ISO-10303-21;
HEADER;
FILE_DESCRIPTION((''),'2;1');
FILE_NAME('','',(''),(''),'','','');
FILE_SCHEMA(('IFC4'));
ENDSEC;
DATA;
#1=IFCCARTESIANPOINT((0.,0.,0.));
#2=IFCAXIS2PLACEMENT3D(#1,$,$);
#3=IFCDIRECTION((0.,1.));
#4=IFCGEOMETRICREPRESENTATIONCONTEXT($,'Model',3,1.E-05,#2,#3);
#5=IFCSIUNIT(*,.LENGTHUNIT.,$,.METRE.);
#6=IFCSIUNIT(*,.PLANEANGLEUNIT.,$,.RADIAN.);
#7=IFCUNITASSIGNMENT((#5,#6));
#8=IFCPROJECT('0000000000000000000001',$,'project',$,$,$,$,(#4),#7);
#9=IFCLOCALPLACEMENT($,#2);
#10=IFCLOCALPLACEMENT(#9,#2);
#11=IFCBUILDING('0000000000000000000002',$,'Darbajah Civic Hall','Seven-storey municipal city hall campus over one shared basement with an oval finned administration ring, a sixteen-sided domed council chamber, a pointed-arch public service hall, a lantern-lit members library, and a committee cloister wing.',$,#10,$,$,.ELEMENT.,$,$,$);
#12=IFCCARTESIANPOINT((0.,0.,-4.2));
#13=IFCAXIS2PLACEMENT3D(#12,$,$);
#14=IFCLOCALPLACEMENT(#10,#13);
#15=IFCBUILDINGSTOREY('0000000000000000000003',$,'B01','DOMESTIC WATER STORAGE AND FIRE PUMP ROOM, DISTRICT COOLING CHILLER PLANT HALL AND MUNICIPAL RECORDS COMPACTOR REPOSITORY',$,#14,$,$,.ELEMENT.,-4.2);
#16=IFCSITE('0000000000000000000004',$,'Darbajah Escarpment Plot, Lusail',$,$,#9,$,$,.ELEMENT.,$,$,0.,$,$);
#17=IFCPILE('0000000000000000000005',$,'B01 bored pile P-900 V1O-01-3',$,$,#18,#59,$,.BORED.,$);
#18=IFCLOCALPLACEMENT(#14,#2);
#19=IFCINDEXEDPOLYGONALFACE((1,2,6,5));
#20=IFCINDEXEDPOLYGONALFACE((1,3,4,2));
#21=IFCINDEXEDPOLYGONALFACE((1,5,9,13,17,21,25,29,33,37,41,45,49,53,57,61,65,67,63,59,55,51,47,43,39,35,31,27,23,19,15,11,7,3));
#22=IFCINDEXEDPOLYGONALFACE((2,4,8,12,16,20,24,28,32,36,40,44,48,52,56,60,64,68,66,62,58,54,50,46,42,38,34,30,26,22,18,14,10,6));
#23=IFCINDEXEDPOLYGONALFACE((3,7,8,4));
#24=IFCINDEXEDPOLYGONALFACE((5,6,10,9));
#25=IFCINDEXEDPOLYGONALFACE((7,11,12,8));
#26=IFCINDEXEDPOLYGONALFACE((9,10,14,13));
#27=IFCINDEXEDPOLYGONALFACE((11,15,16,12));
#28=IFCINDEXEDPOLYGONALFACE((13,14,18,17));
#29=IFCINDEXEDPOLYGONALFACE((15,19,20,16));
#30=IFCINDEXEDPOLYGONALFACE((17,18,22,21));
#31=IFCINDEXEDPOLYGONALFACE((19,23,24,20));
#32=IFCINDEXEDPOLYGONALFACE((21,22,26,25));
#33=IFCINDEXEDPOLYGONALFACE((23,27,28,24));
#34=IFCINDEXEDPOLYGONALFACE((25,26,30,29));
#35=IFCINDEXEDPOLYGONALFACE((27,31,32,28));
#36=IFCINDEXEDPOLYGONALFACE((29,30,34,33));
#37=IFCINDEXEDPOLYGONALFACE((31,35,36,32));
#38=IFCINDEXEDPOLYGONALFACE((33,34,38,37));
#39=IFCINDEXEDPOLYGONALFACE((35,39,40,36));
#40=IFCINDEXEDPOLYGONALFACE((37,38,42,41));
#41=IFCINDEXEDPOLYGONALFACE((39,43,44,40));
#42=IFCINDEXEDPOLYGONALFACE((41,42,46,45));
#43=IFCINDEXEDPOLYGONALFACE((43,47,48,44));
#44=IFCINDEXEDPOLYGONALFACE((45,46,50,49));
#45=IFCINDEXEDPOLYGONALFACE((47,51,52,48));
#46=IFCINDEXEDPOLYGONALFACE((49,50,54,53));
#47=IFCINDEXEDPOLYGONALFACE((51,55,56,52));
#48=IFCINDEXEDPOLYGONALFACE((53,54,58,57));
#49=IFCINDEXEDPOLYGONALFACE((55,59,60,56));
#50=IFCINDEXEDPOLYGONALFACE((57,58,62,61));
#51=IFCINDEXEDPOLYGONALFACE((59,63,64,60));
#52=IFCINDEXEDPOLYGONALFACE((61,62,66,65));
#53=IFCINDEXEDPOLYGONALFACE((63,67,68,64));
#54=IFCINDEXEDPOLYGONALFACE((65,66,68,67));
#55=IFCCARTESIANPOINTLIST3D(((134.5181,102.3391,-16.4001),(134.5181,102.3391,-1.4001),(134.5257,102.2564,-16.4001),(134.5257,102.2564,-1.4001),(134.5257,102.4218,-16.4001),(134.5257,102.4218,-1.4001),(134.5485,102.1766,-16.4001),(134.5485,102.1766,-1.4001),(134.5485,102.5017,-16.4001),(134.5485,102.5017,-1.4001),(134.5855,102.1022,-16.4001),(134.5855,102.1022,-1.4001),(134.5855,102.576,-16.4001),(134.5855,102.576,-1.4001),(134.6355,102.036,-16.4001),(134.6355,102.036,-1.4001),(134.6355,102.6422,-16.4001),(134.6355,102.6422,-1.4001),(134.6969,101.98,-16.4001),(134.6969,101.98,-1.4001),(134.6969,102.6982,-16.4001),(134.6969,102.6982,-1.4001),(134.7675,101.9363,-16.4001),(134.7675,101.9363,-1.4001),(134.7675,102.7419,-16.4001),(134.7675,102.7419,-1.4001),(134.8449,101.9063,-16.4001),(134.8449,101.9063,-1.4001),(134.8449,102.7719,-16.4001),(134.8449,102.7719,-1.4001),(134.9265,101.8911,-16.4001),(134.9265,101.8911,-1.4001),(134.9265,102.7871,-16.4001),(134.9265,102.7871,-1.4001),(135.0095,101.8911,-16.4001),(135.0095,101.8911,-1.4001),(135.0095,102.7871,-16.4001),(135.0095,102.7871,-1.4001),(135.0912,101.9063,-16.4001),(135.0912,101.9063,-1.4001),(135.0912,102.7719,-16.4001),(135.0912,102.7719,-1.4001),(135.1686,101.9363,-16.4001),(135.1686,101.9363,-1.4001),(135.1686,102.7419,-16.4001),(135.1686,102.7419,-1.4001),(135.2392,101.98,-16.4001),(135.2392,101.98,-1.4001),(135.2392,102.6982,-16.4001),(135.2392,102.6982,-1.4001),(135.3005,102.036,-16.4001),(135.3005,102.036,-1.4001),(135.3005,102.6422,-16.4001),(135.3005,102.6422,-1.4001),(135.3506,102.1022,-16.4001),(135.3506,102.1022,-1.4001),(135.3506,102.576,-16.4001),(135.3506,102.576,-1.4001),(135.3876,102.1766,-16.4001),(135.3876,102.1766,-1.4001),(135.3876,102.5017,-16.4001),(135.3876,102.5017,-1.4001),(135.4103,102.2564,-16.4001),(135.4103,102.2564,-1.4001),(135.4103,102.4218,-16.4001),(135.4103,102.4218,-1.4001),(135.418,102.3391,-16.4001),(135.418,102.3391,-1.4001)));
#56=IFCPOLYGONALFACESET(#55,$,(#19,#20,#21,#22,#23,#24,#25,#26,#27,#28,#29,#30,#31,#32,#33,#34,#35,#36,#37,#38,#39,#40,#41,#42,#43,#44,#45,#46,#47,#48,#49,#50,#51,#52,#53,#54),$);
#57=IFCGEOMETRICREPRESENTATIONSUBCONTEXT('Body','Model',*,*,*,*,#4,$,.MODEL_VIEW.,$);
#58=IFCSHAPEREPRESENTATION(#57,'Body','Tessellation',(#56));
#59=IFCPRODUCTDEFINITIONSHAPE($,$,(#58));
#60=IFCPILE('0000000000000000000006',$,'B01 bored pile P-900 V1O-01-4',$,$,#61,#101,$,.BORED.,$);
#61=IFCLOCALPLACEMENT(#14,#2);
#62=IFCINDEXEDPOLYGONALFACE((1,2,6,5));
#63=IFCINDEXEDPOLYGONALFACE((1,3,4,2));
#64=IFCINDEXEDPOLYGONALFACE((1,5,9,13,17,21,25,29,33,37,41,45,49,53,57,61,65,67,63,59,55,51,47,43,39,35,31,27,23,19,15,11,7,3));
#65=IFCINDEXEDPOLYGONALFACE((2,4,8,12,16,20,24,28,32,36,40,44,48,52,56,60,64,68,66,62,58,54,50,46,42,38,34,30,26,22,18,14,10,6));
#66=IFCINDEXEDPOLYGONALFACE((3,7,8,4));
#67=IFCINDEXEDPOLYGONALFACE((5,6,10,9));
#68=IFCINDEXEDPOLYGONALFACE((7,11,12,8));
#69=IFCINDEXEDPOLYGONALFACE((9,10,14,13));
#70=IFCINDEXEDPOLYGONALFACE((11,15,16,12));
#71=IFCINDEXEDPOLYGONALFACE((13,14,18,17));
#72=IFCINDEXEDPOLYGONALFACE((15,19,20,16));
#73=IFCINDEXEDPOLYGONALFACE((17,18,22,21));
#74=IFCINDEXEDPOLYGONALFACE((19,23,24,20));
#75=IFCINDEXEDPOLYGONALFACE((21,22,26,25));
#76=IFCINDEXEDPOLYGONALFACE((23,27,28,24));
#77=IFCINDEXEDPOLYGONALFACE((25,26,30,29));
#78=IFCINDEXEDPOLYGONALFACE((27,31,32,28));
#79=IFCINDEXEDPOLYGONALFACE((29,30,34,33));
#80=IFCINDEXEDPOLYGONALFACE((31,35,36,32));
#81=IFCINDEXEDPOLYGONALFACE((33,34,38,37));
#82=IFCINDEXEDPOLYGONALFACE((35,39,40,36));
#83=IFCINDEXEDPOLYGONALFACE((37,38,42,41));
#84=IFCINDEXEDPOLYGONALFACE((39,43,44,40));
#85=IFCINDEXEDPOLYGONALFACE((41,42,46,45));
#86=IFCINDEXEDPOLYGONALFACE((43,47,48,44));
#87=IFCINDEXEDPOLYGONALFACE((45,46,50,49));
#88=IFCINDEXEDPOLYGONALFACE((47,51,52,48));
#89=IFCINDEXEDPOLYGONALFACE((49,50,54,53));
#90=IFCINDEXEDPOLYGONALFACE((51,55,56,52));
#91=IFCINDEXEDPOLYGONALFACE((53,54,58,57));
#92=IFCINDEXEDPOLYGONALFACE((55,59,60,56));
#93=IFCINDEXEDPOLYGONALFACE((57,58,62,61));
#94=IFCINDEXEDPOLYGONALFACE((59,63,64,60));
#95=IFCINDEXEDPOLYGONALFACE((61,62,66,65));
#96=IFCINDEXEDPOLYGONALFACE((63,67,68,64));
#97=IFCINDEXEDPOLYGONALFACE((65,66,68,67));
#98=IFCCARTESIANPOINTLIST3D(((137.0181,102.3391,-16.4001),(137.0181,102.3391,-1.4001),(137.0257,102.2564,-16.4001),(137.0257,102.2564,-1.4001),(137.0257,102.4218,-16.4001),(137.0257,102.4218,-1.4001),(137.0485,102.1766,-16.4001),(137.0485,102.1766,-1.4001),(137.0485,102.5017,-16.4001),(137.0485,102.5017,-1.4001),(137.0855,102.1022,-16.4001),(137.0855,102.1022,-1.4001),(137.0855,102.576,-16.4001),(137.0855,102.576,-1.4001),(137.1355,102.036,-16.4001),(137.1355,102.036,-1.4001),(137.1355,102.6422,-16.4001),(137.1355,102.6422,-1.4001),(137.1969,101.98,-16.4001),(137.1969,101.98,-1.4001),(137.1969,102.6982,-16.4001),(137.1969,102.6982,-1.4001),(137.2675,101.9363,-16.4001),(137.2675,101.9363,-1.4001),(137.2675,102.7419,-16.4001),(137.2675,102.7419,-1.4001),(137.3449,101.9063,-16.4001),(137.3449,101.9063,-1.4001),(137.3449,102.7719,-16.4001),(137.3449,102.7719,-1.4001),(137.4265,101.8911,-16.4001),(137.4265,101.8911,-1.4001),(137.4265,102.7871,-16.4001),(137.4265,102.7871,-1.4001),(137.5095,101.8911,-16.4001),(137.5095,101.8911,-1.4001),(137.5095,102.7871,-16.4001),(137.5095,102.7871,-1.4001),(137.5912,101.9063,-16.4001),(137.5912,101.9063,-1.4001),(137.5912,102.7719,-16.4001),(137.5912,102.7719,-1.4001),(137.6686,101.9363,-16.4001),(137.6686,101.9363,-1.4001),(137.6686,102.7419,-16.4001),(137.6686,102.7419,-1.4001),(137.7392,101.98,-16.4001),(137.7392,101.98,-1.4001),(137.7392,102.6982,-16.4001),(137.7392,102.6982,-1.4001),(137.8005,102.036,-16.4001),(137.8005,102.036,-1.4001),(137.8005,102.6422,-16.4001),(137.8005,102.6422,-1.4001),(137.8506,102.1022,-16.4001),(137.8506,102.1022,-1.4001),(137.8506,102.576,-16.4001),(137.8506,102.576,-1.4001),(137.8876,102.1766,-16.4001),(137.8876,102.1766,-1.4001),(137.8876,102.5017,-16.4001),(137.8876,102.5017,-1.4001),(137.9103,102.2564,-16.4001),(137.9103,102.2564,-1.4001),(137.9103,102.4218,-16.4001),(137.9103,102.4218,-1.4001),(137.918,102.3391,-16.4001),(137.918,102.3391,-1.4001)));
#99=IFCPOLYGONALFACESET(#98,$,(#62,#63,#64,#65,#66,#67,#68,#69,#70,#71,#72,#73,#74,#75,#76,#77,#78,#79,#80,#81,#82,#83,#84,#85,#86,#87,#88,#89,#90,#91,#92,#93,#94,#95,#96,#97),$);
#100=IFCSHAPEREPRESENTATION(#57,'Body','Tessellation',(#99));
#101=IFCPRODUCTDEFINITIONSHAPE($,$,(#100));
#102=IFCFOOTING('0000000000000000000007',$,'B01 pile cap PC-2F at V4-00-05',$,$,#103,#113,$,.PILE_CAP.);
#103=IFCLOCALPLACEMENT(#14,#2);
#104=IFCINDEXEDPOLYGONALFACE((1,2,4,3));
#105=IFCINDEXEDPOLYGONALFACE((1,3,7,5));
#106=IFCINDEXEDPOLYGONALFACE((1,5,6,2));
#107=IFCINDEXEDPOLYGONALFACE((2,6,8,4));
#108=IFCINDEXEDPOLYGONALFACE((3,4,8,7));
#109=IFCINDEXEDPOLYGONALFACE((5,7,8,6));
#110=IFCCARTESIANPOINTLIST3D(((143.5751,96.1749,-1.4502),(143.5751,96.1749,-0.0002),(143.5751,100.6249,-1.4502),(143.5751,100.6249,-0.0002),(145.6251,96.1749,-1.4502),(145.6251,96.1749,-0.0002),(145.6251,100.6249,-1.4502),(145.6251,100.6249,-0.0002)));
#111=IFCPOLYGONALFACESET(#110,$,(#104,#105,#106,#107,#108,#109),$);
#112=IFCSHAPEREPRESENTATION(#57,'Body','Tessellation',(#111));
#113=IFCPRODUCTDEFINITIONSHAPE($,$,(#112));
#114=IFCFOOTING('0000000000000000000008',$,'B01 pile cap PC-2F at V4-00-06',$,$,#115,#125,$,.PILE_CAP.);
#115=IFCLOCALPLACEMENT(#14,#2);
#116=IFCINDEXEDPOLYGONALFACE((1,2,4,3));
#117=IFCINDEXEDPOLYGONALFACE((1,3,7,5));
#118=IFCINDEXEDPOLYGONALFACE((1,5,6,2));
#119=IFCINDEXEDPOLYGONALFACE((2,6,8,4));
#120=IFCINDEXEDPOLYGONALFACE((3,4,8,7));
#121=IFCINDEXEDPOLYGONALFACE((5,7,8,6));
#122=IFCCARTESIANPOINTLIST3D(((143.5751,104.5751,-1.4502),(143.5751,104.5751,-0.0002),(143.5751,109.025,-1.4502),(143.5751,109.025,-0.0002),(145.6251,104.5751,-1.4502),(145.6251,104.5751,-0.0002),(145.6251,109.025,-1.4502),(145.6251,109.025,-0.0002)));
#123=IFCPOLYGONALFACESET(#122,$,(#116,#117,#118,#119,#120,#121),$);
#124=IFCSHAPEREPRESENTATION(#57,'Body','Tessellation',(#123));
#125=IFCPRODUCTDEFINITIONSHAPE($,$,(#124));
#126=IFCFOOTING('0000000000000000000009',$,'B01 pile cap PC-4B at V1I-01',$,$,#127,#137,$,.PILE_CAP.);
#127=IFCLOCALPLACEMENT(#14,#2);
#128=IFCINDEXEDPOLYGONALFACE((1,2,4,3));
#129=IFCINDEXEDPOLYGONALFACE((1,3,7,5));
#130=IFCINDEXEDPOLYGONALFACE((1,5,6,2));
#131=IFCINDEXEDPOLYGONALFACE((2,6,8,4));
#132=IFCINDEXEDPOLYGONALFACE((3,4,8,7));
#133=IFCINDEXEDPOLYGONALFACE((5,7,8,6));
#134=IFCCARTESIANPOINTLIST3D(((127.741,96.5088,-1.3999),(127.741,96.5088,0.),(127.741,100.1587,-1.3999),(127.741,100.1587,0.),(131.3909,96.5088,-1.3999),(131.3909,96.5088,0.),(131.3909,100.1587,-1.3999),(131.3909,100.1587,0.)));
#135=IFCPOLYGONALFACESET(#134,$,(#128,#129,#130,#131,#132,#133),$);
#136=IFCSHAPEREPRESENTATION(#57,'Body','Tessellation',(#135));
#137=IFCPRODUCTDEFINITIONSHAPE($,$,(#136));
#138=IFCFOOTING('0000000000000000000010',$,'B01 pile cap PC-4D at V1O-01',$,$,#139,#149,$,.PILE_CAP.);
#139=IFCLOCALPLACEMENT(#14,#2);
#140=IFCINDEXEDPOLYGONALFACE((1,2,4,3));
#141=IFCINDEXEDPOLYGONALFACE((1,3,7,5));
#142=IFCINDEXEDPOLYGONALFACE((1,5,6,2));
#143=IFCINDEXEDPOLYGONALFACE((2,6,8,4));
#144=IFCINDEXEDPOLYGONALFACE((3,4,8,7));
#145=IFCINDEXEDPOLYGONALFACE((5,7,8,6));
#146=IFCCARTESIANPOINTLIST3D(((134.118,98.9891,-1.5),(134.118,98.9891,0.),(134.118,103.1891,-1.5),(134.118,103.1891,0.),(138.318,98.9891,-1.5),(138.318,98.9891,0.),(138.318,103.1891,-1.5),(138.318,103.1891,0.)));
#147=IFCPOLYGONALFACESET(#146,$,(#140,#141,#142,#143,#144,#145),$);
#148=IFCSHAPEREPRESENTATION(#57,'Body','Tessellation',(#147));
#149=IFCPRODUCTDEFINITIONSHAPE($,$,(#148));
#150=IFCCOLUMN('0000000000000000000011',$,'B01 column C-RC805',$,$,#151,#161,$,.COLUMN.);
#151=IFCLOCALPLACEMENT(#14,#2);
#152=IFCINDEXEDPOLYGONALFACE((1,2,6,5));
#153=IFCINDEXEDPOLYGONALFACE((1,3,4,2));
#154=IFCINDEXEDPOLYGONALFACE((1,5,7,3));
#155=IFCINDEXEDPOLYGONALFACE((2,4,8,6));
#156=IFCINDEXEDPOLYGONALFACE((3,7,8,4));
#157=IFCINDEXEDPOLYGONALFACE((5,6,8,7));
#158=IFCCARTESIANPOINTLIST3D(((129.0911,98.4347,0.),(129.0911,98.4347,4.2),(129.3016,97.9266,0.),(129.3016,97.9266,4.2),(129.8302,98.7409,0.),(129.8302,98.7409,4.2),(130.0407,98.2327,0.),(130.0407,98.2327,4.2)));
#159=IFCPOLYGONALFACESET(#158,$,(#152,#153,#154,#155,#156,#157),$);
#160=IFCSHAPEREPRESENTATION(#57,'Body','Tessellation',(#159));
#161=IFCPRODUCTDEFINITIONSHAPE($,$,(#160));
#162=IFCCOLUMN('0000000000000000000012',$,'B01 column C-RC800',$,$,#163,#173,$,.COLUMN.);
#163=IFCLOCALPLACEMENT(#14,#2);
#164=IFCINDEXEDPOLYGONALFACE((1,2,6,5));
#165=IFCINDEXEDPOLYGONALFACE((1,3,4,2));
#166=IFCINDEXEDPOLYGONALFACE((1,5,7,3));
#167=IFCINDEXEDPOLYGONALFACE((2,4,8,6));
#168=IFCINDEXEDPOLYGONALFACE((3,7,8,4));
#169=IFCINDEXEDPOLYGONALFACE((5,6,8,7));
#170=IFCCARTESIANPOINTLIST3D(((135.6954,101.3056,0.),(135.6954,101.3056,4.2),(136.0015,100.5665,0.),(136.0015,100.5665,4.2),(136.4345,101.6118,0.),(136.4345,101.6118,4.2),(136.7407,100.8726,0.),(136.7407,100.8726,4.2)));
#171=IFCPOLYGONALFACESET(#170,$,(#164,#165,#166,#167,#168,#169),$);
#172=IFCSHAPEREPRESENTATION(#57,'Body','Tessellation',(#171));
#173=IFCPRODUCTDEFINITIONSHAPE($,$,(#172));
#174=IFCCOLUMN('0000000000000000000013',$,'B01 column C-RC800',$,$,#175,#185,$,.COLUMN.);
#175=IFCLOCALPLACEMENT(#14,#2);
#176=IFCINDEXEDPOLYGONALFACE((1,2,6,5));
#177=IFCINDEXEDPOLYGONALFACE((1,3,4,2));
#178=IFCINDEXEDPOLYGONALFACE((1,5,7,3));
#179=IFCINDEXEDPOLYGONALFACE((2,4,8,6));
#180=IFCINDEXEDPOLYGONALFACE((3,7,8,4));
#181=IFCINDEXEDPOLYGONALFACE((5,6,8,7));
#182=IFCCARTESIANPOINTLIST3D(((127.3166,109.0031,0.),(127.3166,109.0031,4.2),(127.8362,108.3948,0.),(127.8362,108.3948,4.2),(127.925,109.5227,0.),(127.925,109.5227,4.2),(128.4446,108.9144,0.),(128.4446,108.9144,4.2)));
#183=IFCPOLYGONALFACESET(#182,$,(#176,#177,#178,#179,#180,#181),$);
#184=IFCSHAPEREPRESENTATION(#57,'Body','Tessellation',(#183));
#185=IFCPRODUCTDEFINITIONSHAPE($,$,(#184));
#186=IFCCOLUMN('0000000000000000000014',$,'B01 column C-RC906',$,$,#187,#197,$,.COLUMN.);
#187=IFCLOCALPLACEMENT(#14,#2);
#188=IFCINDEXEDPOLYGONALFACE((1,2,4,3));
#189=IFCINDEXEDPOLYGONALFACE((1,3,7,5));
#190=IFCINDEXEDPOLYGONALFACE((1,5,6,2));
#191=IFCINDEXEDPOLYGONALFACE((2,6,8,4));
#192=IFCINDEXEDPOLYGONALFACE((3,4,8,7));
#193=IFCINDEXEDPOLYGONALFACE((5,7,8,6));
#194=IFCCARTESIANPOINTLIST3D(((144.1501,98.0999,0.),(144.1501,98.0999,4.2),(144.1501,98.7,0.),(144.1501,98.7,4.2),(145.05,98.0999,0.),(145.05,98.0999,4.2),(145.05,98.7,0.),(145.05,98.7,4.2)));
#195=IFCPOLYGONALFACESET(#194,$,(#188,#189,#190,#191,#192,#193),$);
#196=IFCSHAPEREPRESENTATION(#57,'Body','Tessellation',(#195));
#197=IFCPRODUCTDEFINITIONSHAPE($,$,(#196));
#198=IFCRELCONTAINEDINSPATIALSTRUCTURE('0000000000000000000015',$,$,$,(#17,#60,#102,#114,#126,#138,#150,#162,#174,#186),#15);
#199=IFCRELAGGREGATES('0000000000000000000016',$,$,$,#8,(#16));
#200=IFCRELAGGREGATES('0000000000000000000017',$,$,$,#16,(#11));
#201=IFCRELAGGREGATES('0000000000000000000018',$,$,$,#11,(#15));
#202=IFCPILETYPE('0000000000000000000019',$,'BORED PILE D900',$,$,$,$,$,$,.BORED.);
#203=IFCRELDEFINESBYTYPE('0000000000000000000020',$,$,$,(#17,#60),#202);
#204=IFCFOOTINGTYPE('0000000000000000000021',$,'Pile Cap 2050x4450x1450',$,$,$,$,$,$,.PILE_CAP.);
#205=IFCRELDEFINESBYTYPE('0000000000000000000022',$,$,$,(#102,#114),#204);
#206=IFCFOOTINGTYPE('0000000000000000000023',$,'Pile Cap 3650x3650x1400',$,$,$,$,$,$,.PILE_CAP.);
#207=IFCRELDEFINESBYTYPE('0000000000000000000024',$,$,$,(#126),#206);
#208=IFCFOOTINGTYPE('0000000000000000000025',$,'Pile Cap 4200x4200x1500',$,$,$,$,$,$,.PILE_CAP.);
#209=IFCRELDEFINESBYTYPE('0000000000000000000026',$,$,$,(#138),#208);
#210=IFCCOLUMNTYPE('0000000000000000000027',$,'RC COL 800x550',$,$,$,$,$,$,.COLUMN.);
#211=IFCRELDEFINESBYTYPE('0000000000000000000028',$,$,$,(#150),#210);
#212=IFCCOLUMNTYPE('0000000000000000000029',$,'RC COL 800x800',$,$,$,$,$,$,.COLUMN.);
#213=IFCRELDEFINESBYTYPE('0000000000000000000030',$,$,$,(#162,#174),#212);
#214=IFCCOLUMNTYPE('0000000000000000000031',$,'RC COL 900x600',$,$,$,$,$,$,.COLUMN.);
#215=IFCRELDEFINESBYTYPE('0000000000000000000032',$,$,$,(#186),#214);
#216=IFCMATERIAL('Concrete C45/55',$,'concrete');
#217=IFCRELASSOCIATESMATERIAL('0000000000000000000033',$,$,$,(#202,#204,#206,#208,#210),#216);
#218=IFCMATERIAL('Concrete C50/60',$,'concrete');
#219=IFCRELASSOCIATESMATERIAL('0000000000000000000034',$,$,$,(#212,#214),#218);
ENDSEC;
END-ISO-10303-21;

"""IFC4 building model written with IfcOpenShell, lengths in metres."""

from ifc_helpers import new_model, si_unit, direction, frame, origin, origin_2d, place, context, subcontext, project, spatial, rectangle, circle, extrude, material, material_profile, profile_set, type_object, element, save


model = new_model("IFC4")

# Units and contexts
model_context = context("Model", 3, precision=1e-05, world=origin(), true_north=direction((0.0, 1.0)))
body_context = subcontext(model_context, "Body", "Model", "MODEL_VIEW")
ifc_project = project(units=[si_unit("LENGTHUNIT", "METRE"), si_unit("PLANEANGLEUNIT", "RADIAN")], contexts=[model_context])

# Site, building, storey
site_placement = place(None, origin())
site = spatial("IfcSite", under=ifc_project, at=site_placement, Name="Darbajah Escarpment Plot, Lusail", CompositionType="ELEMENT", RefElevation=0.0)
building_placement = place(site_placement, origin())
building = spatial("IfcBuilding", under=site, at=building_placement, Name="Darbajah Civic Hall", Description="Seven-storey municipal city hall campus over one shared basement with an oval finned administration ring, a sixteen-sided domed council chamber, a pointed-arch public service hall, a lantern-lit members library, and a committee cloister wing.", CompositionType="ELEMENT")
storey_placement = place(building_placement, frame((0.0, 0.0, -4.2)))
storey = spatial("IfcBuildingStorey", under=building, at=storey_placement, Name="B01", Description="DOMESTIC WATER STORAGE AND FIRE PUMP ROOM, DISTRICT COOLING CHILLER PLANT HALL AND MUNICIPAL RECORDS COMPACTOR REPOSITORY", CompositionType="ELEMENT", Elevation=-4.2)

# Piles
ifc_material_1 = material(Name="Concrete C45/55", Category="concrete")
ifc_material_profile_1 = material_profile(ifc_material_1, circle(Radius=0.45, at=origin_2d()), Name="BORED PILE D900")
ifc_profile_set_1 = profile_set([ifc_material_profile_1], Name="Concrete C45/55")
pile_type_1 = type_object("IfcPileType", Name="BORED PILE D900", PredefinedType="BORED", material=ifc_profile_set_1)
for number, where, z_axis, x_axis, name in (
    (1, (134.968, 102.3391, -1.4001), (0.0, 0.0, -1.0), (1.0, 0.0, 0.0), "B01 bored pile P-900 V1O-01-3"),
    (2, (137.468, 102.3391, -1.4001), (0.0, 0.0, -1.0), (1.0, 0.0, 0.0), "B01 bored pile P-900 V1O-01-4"),
):
    element("IfcPile", number, at=place(storey_placement, frame(where, z_axis=z_axis, x_axis=x_axis)), inside=storey, type_object=pile_type_1, Name=name, PredefinedType="BORED", context=body_context, shape_type="SweptSolid", body=[
        extrude(circle(Radius=0.45, at=origin_2d()), origin(), (0.0, 0.0, 1.0), 15.0),
    ])

# Footings
footing_type_1 = type_object("IfcFootingType", Name="Pile Cap 2050x4450x1450", PredefinedType="PILE_CAP", material=ifc_material_1)
for number, where, z_axis, x_axis, name in (
    (3, (144.6001, 98.3999, -1.4502), (0.0, 0.0, 1.0), (1.0, 0.0, 0.0), "B01 pile cap PC-2F at V4-00-05"),
    (4, (144.6001, 106.8, -1.4502), (0.0, 0.0, 1.0), (1.0, 0.0, 0.0), "B01 pile cap PC-2F at V4-00-06"),
):
    element("IfcFooting", number, at=place(storey_placement, frame(where, z_axis=z_axis, x_axis=x_axis)), inside=storey, type_object=footing_type_1, Name=name, PredefinedType="PILE_CAP", context=body_context, shape_type="SweptSolid", body=[
        extrude(rectangle(XDim=2.05, YDim=4.45, at=origin_2d()), origin(), (0.0, 0.0, 1.0), 1.45),
    ])
footing_type_2 = type_object("IfcFootingType", Name="Pile Cap 3650x3650x1400", PredefinedType="PILE_CAP", material=ifc_material_1)
footing_1_placement = place(storey_placement, frame((129.5659, 98.3337, -1.3999), z_axis=(0.0, 0.0, 1.0), x_axis=(1.0, 0.0, 0.0)))
element("IfcFooting", 5, at=footing_1_placement, inside=storey, type_object=footing_type_2, Name="B01 pile cap PC-4B at V1I-01", PredefinedType="PILE_CAP", context=body_context, shape_type="SweptSolid", body=[
    extrude(rectangle(XDim=3.6499, YDim=3.6499, at=origin_2d()), origin(), (0.0, 0.0, 1.0), 1.3999),
])
footing_type_3 = type_object("IfcFootingType", Name="Pile Cap 4200x4200x1500", PredefinedType="PILE_CAP", material=ifc_material_1)
footing_2_placement = place(storey_placement, frame((136.218, 101.0891, -1.5), z_axis=(0.0, 0.0, 1.0), x_axis=(1.0, 0.0, 0.0)))
element("IfcFooting", 6, at=footing_2_placement, inside=storey, type_object=footing_type_3, Name="B01 pile cap PC-4D at V1O-01", PredefinedType="PILE_CAP", context=body_context, shape_type="SweptSolid", body=[
    extrude(rectangle(XDim=4.2, YDim=4.2, at=origin_2d()), origin(), (0.0, 0.0, 1.0), 1.5),
])

# Columns
ifc_material_profile_2 = material_profile(ifc_material_1, rectangle(XDim=0.8, YDim=0.55, at=origin_2d()), Name="RC COL 800x550")
ifc_profile_set_2 = profile_set([ifc_material_profile_2], Name="Concrete C45/55")
column_type_1 = type_object("IfcColumnType", Name="RC COL 800x550", PredefinedType="COLUMN", material=ifc_profile_set_2)
column_placement = place(storey_placement, frame((129.5659, 98.3337, 0.0), z_axis=(0.0, 0.0, 1.0), x_axis=(0.92388, 0.382683, 0.0)))
element("IfcColumn", 7, at=column_placement, inside=storey, type_object=column_type_1, Name="B01 column C-RC805", PredefinedType="COLUMN", context=body_context, shape_type="SweptSolid", body=[
    extrude(rectangle(XDim=0.8, YDim=0.55, at=origin_2d()), origin(), (0.0, 0.0, 1.0), 4.2),
])
ifc_material_2 = material(Name="Concrete C50/60", Category="concrete")
ifc_material_profile_3 = material_profile(ifc_material_2, rectangle(XDim=0.8, YDim=0.8, at=origin_2d()), Name="RC COL 800x800")
ifc_profile_set_3 = profile_set([ifc_material_profile_3], Name="Concrete C50/60")
column_type_2 = type_object("IfcColumnType", Name="RC COL 800x800", PredefinedType="COLUMN", material=ifc_profile_set_3)
for number, where, z_axis, x_axis, name in (
    (8, (136.218, 101.0891, 0.0), (0.0, 0.0, 1.0), (0.92388, 0.382683, 0.0), "B01 column C-RC800"),
    (9, (127.8806, 108.9587, 0.0), (0.0, 0.0, 1.0), (0.760406, 0.649448, 0.0), "B01 column C-RC800"),
):
    element("IfcColumn", number, at=place(storey_placement, frame(where, z_axis=z_axis, x_axis=x_axis)), inside=storey, type_object=column_type_2, Name=name, PredefinedType="COLUMN", context=body_context, shape_type="SweptSolid", body=[
        extrude(rectangle(XDim=0.8, YDim=0.8, at=origin_2d()), origin(), (0.0, 0.0, 1.0), 4.2),
    ])
ifc_material_profile_4 = material_profile(ifc_material_2, rectangle(XDim=0.8999, YDim=0.6001, at=origin_2d()), Name="RC COL 900x600")
ifc_profile_set_4 = profile_set([ifc_material_profile_4], Name="Concrete C50/60")
column_type_3 = type_object("IfcColumnType", Name="RC COL 900x600", PredefinedType="COLUMN", material=ifc_profile_set_4)
for number, where, z_axis, x_axis, name in (
    (10, (144.6001, 98.3999, 0.0), (0.0, 0.0, 1.0), (1.0, 0.0, 0.0), "B01 column C-RC906"),
):
    element("IfcColumn", number, at=place(storey_placement, frame(where, z_axis=z_axis, x_axis=x_axis)), inside=storey, type_object=column_type_3, Name=name, PredefinedType="COLUMN", context=body_context, shape_type="SweptSolid", body=[
        extrude(rectangle(XDim=0.8999, YDim=0.6001, at=origin_2d()), origin(), (0.0, 0.0, 1.0), 4.2),
    ])

save(model, "model.ifc")
